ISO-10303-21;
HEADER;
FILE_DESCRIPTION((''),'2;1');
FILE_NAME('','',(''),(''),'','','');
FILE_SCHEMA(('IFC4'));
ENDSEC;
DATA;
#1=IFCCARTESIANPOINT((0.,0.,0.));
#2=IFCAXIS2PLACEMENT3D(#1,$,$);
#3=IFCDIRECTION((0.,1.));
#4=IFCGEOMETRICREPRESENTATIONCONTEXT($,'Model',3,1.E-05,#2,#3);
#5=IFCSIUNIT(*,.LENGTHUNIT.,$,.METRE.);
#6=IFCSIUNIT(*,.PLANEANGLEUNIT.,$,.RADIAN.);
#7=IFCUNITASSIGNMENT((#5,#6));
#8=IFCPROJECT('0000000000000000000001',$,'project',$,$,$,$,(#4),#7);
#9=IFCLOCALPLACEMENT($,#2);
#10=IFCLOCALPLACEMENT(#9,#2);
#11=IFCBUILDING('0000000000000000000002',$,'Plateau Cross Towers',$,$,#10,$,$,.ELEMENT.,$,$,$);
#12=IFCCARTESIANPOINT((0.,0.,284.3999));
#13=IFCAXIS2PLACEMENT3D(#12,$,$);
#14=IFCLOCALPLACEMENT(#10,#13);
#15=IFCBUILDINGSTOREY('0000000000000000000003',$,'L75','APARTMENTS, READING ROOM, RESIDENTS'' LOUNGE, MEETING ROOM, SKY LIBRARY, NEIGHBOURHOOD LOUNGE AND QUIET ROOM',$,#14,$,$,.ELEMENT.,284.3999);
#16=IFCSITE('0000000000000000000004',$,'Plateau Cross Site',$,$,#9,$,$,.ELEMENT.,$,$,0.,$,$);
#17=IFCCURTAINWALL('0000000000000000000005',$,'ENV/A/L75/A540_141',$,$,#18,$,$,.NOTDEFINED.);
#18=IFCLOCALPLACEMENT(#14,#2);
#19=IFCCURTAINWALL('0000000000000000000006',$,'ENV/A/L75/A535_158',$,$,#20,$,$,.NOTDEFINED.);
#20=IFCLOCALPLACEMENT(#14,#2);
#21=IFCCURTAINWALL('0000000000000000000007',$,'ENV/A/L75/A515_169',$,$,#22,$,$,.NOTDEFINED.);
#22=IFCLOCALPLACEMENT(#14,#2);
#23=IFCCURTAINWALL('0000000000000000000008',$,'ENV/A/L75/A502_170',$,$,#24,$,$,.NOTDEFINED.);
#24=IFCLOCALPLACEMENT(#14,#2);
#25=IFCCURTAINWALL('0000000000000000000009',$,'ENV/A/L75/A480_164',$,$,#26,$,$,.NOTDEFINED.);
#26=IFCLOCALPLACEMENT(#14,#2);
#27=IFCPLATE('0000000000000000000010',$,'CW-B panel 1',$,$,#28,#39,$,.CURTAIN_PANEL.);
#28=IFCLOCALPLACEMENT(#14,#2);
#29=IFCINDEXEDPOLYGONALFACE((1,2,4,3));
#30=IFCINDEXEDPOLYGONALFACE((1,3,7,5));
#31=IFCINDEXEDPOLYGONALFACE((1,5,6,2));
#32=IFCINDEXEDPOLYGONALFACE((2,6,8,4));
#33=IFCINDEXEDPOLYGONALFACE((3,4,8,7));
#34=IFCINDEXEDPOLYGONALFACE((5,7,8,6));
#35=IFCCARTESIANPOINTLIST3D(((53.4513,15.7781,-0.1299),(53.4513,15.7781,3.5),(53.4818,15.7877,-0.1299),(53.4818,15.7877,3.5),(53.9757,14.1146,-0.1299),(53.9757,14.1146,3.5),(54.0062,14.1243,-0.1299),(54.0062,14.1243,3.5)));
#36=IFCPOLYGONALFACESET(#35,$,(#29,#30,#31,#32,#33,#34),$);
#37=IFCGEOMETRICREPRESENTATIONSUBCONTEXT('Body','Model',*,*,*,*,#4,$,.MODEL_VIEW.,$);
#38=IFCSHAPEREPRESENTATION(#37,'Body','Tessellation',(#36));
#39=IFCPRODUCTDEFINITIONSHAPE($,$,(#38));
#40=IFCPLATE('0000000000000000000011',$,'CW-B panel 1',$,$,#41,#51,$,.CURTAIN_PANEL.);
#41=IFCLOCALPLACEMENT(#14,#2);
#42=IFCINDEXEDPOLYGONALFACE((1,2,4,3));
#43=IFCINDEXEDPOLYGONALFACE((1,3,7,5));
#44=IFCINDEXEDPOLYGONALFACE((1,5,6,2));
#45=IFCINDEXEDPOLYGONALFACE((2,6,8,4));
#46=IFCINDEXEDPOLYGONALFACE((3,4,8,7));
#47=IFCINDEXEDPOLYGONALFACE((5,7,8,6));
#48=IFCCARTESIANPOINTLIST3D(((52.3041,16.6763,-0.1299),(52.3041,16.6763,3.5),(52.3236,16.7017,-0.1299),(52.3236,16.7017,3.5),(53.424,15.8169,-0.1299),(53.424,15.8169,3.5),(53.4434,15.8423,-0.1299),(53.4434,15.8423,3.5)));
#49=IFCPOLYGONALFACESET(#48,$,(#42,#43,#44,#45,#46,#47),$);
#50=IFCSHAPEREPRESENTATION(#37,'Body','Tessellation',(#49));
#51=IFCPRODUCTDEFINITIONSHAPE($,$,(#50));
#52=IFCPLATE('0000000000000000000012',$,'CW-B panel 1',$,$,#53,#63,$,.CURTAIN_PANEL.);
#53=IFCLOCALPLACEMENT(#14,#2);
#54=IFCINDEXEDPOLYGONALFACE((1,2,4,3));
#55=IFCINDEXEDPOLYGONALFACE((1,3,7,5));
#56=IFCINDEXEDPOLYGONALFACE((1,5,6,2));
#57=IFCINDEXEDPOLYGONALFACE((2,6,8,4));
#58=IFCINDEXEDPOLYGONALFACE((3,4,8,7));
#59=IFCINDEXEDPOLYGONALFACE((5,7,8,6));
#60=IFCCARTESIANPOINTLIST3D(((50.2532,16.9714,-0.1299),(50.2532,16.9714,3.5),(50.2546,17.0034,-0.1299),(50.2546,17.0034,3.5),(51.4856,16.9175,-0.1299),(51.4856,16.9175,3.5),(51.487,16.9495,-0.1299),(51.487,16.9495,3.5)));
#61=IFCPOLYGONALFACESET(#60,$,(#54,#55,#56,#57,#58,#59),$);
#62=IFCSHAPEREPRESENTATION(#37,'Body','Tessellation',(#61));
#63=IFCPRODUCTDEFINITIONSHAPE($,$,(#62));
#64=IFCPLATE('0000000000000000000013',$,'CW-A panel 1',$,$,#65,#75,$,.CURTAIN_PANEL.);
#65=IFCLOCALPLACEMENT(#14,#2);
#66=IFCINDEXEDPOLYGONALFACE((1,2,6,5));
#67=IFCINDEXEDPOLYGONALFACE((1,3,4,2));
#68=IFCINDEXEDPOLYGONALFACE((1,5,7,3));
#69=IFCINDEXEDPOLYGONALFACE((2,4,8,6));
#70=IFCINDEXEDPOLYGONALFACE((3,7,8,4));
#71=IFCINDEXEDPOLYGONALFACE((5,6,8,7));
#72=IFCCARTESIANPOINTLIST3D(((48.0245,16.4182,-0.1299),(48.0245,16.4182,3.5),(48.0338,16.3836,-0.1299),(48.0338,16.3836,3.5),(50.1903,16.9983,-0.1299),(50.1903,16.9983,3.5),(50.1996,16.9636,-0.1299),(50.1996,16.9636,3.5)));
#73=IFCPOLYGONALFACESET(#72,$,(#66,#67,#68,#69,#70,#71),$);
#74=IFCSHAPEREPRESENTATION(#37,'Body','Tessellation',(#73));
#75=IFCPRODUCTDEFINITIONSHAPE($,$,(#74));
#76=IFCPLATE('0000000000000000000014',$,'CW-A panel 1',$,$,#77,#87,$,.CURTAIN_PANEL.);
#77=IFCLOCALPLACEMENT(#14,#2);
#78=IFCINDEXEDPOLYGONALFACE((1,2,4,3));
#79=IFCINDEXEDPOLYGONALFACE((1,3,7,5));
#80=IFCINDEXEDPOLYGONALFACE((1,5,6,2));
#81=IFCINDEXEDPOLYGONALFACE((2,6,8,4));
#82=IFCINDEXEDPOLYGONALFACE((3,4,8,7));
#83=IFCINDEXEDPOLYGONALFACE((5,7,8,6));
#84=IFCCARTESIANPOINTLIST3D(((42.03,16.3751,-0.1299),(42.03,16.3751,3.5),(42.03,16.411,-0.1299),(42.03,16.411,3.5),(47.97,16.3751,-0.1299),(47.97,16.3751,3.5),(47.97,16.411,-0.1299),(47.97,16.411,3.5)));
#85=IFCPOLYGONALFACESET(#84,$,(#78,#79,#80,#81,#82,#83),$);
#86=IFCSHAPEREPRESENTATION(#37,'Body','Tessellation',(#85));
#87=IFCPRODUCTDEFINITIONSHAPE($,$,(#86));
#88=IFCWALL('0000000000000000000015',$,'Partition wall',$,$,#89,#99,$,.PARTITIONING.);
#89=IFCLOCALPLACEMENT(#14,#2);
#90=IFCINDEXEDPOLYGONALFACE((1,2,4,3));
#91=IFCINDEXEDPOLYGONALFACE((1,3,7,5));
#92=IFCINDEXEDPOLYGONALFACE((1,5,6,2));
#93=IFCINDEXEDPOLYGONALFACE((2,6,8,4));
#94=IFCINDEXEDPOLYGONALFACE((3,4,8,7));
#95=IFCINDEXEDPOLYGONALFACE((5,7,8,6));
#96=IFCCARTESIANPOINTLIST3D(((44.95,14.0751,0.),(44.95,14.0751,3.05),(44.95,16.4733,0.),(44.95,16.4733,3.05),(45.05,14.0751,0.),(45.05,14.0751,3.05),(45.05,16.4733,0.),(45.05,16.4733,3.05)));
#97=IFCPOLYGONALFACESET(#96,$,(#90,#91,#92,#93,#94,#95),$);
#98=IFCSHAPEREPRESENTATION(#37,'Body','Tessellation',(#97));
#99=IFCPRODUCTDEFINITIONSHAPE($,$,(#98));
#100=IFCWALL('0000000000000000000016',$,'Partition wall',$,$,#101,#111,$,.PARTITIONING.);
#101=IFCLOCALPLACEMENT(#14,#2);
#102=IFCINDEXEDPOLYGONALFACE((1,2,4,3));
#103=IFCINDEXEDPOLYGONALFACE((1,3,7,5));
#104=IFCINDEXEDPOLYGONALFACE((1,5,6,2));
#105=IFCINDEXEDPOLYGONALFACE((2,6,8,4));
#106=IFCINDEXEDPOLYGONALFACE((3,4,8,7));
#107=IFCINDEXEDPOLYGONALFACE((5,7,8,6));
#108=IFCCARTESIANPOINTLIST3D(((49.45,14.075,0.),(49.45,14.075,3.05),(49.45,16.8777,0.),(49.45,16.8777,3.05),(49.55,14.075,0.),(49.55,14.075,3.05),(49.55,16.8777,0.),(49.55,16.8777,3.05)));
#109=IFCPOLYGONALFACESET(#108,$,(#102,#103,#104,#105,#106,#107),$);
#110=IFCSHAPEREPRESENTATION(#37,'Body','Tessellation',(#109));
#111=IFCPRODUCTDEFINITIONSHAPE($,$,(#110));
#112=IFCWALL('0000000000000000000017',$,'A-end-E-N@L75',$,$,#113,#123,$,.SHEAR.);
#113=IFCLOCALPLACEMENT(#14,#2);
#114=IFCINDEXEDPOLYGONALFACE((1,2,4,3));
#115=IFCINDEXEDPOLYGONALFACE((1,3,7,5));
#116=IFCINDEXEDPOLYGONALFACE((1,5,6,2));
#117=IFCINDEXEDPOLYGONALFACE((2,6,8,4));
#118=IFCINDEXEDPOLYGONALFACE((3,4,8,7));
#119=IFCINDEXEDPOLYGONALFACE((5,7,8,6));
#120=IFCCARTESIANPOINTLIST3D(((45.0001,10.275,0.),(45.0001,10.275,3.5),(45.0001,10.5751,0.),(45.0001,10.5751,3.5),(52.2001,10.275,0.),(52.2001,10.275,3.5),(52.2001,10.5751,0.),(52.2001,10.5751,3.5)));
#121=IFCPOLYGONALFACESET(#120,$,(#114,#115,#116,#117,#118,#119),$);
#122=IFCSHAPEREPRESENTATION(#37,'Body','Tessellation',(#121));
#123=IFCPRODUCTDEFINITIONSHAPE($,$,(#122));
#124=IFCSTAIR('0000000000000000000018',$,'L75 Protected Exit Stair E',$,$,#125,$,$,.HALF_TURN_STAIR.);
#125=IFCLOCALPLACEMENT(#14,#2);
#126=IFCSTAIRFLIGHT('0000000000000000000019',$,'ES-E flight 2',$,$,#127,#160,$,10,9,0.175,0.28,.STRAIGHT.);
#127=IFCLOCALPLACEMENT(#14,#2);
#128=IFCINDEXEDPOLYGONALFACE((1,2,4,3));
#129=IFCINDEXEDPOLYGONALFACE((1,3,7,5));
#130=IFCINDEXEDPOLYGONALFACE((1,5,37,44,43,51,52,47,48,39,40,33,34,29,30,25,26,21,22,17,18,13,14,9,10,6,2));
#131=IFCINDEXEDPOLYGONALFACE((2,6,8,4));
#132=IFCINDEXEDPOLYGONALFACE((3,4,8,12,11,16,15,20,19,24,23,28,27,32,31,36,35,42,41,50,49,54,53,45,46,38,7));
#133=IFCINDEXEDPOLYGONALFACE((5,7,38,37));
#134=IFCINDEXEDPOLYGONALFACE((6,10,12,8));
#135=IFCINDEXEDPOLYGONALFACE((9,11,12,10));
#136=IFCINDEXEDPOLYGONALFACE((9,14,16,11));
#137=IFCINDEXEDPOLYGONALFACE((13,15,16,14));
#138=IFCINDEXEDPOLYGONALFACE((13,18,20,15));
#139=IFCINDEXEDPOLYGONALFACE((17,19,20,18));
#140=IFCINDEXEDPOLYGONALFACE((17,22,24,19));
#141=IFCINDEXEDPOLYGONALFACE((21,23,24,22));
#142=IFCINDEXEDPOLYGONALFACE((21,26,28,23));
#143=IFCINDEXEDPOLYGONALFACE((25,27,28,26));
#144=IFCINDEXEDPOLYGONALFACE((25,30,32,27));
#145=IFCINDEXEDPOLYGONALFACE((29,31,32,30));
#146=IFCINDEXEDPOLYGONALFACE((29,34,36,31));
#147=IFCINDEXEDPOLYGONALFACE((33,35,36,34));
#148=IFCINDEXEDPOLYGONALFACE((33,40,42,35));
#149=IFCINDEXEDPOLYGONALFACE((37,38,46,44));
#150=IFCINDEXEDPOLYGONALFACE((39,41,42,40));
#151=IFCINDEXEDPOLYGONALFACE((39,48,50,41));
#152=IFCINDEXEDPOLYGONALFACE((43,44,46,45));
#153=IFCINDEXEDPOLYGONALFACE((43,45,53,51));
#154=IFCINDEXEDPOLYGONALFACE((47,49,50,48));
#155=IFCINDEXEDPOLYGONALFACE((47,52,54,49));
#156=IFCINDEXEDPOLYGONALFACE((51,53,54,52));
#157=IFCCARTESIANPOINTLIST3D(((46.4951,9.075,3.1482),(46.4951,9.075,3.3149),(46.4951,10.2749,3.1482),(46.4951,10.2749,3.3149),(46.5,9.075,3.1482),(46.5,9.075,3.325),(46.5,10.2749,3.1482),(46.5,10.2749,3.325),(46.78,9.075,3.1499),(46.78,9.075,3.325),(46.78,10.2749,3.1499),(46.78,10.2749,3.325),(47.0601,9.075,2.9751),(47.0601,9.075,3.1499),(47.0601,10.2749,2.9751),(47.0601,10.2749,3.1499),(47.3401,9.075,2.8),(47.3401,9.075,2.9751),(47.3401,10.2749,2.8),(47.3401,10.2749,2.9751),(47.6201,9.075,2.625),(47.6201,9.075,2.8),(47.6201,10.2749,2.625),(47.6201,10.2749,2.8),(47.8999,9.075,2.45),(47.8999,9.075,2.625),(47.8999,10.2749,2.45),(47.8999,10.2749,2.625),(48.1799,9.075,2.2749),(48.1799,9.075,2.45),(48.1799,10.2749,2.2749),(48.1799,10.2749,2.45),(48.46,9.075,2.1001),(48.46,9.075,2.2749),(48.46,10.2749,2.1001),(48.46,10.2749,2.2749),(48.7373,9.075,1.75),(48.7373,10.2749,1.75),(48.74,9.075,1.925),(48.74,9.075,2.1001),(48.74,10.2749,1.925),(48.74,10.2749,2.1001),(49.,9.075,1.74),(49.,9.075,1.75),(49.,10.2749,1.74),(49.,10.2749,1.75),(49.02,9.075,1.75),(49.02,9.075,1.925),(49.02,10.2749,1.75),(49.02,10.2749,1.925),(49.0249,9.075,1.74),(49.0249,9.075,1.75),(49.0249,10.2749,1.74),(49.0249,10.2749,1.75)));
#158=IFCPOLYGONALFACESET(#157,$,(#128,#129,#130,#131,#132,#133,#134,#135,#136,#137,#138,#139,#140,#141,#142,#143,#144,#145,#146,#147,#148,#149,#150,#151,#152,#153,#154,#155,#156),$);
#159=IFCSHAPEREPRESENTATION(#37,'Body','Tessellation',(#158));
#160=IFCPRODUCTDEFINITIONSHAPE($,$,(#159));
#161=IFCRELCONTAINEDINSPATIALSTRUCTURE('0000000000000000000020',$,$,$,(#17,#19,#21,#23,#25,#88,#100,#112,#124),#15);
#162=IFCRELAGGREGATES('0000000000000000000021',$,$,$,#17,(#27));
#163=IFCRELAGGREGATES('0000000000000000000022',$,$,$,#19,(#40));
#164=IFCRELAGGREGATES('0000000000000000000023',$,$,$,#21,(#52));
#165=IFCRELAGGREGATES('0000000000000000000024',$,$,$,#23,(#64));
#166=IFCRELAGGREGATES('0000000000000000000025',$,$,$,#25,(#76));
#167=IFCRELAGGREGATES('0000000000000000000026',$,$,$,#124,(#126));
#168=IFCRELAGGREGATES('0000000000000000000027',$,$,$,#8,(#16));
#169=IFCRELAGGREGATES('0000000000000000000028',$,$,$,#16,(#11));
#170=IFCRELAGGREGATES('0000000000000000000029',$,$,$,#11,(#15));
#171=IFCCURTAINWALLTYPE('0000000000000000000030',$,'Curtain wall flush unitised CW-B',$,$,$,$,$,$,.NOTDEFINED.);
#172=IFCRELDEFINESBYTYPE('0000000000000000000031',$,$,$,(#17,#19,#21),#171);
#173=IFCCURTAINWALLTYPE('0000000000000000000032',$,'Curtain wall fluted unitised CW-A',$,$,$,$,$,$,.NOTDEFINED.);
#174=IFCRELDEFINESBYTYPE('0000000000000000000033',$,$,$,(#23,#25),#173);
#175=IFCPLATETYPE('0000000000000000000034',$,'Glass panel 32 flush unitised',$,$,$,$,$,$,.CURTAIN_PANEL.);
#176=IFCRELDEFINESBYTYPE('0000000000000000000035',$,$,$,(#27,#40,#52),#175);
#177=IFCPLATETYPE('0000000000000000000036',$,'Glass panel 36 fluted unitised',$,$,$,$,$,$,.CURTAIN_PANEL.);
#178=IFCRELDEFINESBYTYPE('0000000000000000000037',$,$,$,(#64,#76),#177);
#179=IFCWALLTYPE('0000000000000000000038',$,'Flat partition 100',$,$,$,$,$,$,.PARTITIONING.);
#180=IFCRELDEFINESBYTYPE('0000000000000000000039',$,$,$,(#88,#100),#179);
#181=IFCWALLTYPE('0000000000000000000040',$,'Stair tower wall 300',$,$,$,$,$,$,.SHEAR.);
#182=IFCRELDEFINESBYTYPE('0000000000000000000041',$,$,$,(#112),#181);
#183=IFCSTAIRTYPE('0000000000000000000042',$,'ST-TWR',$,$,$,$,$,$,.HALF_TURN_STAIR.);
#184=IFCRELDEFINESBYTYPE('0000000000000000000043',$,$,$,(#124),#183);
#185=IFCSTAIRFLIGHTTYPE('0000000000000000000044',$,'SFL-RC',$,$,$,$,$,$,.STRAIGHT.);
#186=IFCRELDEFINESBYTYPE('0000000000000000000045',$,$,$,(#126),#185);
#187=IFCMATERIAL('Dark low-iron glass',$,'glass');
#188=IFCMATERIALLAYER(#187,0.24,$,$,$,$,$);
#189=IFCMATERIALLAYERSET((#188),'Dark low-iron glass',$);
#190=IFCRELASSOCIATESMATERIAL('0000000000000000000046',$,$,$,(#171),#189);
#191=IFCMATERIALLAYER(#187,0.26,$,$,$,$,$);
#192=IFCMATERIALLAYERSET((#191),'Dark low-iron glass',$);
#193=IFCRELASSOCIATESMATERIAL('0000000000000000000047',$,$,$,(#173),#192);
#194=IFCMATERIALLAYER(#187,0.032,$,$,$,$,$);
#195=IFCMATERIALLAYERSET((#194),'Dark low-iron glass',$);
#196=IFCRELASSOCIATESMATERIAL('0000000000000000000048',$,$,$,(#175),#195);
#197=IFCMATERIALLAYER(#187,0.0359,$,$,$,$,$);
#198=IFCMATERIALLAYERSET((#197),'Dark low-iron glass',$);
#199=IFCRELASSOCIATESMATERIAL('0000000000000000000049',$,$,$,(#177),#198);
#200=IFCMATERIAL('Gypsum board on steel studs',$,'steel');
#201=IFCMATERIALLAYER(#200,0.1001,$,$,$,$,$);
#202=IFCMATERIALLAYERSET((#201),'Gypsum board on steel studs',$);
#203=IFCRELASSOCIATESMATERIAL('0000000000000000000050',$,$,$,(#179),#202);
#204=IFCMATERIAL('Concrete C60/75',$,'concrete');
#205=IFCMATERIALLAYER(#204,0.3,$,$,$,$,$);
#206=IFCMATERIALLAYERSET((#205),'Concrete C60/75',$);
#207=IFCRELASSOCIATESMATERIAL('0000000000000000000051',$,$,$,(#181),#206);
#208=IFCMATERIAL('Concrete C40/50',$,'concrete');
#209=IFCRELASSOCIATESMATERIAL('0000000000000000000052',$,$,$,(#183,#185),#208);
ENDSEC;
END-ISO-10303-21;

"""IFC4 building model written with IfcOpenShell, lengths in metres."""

from ifc_helpers import new_model, si_unit, direction, frame, frame_2d, origin, origin_2d, place, context, subcontext, project, spatial, polyline, rectangle, outline, extrude, material, layer, layer_set, type_object, element, aggregate, save


model = new_model("IFC4")

# Units and contexts
model_context = context("Model", 3, precision=1e-05, world=origin(), true_north=direction((0.0, 1.0)))
body_context = subcontext(model_context, "Body", "Model", "MODEL_VIEW")
ifc_project = project(units=[si_unit("LENGTHUNIT", "METRE"), si_unit("PLANEANGLEUNIT", "RADIAN")], contexts=[model_context])

# Site, building, storey
site_placement = place(None, origin())
site = spatial("IfcSite", under=ifc_project, at=site_placement, Name="Plateau Cross Site", CompositionType="ELEMENT", RefElevation=0.0)
building_placement = place(site_placement, origin())
building = spatial("IfcBuilding", under=site, at=building_placement, Name="Plateau Cross Towers", CompositionType="ELEMENT")
storey_placement = place(building_placement, frame((0.0, 0.0, 284.3999)))
storey = spatial("IfcBuildingStorey", under=building, at=storey_placement, Name="L75", Description="APARTMENTS, READING ROOM, RESIDENTS' LOUNGE, MEETING ROOM, SKY LIBRARY, NEIGHBOURHOOD LOUNGE AND QUIET ROOM", CompositionType="ELEMENT", Elevation=284.3999)

# Shared definitions
ifc_material_1 = material(Name="Concrete C60/75", Category="concrete")

# Curtain wall
ifc_material_2 = material(Name="Dark low-iron glass", Category="glass")
ifc_layer_1 = layer(ifc_material_2, 0.24)
ifc_layer_set_1 = layer_set([ifc_layer_1], Name="Dark low-iron glass")
curtain_wall_type_1 = type_object("IfcCurtainWallType", Name="Curtain wall flush unitised CW-B", PredefinedType="NOTDEFINED", material=ifc_layer_set_1)
curtain_wall_1_placement = place(storey_placement, origin())
curtain_wall_1 = element("IfcCurtainWall", 1, at=curtain_wall_1_placement, inside=storey, type_object=curtain_wall_type_1, Name="ENV/A/L75/A540_141", PredefinedType="NOTDEFINED")

# Curtain wall
curtain_wall_2_placement = place(storey_placement, origin())
curtain_wall_2 = element("IfcCurtainWall", 2, at=curtain_wall_2_placement, inside=storey, type_object=curtain_wall_type_1, Name="ENV/A/L75/A535_158", PredefinedType="NOTDEFINED")

# Curtain walls
curtain_wall_3_placement = place(storey_placement, origin())
curtain_wall_3 = element("IfcCurtainWall", 3, at=curtain_wall_3_placement, inside=storey, type_object=curtain_wall_type_1, Name="ENV/A/L75/A515_169", PredefinedType="NOTDEFINED")
ifc_layer_2 = layer(ifc_material_2, 0.26)
ifc_layer_set_2 = layer_set([ifc_layer_2], Name="Dark low-iron glass")
curtain_wall_type_2 = type_object("IfcCurtainWallType", Name="Curtain wall fluted unitised CW-A", PredefinedType="NOTDEFINED", material=ifc_layer_set_2)
curtain_wall_4_placement = place(storey_placement, origin())
curtain_wall_4 = element("IfcCurtainWall", 4, at=curtain_wall_4_placement, inside=storey, type_object=curtain_wall_type_2, Name="ENV/A/L75/A502_170", PredefinedType="NOTDEFINED")
curtain_wall_5_placement = place(storey_placement, origin())
curtain_wall_5 = element("IfcCurtainWall", 5, at=curtain_wall_5_placement, inside=storey, type_object=curtain_wall_type_2, Name="ENV/A/L75/A480_164", PredefinedType="NOTDEFINED")

# Plates
ifc_layer_3 = layer(ifc_material_2, 0.032)
ifc_layer_set_3 = layer_set([ifc_layer_3], Name="Dark low-iron glass")
plate_type_1 = type_object("IfcPlateType", Name="Glass panel 32 flush unitised", PredefinedType="CURTAIN_PANEL", material=ifc_layer_set_3)
plate_1_placement = place(storey_placement, frame((53.7288, 14.9512, -0.1299), z_axis=(0.0, 0.0, 1.0), x_axis=(-0.300686, 0.953723, 0.0)))
plate_1 = element("IfcPlate", 6, at=plate_1_placement, type_object=plate_type_1, Name="CW-B panel 1", PredefinedType="CURTAIN_PANEL", context=body_context, shape_type="SweptSolid", body=[
    extrude(rectangle(XDim=1.7441, YDim=0.032, at=origin_2d()), origin(), (0.0, 0.0, 1.0), 3.6299),
])
aggregate(curtain_wall_1, [plate_1])
plate_2_placement = place(storey_placement, frame((52.8738, 16.2593, -0.1299), z_axis=(0.0, 0.0, 1.0), x_axis=(-0.793316, 0.608811, 0.0)))
plate_2 = element("IfcPlate", 7, at=plate_2_placement, type_object=plate_type_1, Name="CW-B panel 1", PredefinedType="CURTAIN_PANEL", context=body_context, shape_type="SweptSolid", body=[
    extrude(rectangle(XDim=1.4116, YDim=0.032, at=origin_2d()), origin(), (0.0, 0.0, 1.0), 3.6299),
])
aggregate(curtain_wall_2, [plate_2])
plate_3_placement = place(storey_placement, frame((50.8701, 16.9604, -0.1299), z_axis=(0.0, 0.0, 1.0), x_axis=(-0.999044, 0.043723, 0.0)))
plate_3 = element("IfcPlate", 8, at=plate_3_placement, type_object=plate_type_1, Name="CW-B panel 1", PredefinedType="CURTAIN_PANEL", context=body_context, shape_type="SweptSolid", body=[
    extrude(rectangle(XDim=1.2336, YDim=0.032, at=origin_2d()), origin(), (0.0, 0.0, 1.0), 3.6299),
])
aggregate(curtain_wall_3, [plate_3])
ifc_layer_4 = layer(ifc_material_2, 0.0359)
ifc_layer_set_4 = layer_set([ifc_layer_4], Name="Dark low-iron glass")
plate_type_2 = type_object("IfcPlateType", Name="Glass panel 36 fluted unitised", PredefinedType="CURTAIN_PANEL", material=ifc_layer_set_4)
plate_4_placement = place(storey_placement, frame((49.1121, 16.6909, -0.1299), z_axis=(0.0, 0.0, 1.0), x_axis=(-0.965958, -0.258699, 0.0)))
plate_4 = element("IfcPlate", 9, at=plate_4_placement, type_object=plate_type_2, Name="CW-A panel 1", PredefinedType="CURTAIN_PANEL", context=body_context, shape_type="SweptSolid", body=[
    extrude(rectangle(XDim=2.2422, YDim=0.0359, at=origin_2d()), origin(), (0.0, 0.0, 1.0), 3.6299),
])
aggregate(curtain_wall_4, [plate_4])
plate_5_placement = place(storey_placement, frame((45.0, 16.3931, -0.1299), z_axis=(0.0, 0.0, 1.0), x_axis=(-1.0, 0.0, 0.0)))
plate_5 = element("IfcPlate", 10, at=plate_5_placement, type_object=plate_type_2, Name="CW-A panel 1", PredefinedType="CURTAIN_PANEL", context=body_context, shape_type="SweptSolid", body=[
    extrude(rectangle(XDim=5.9399, YDim=0.0359, at=origin_2d()), origin(), (0.0, 0.0, 1.0), 3.6299),
])
aggregate(curtain_wall_5, [plate_5])

# Walls
ifc_material_3 = material(Name="Gypsum board on steel studs", Category="steel")
ifc_layer_5 = layer(ifc_material_3, 0.1001)
ifc_layer_set_5 = layer_set([ifc_layer_5], Name="Gypsum board on steel studs")
wall_type_1 = type_object("IfcWallType", Name="Flat partition 100", PredefinedType="PARTITIONING", material=ifc_layer_set_5)
wall_1_placement = place(storey_placement, frame((45.0, 14.075, 0.0), z_axis=(0.0, 0.0, 1.0), x_axis=(0.0, 1.0, 0.0)))
element("IfcWall", 11, at=wall_1_placement, inside=storey, type_object=wall_type_1, Name="Partition wall", PredefinedType="PARTITIONING", context=body_context, shape_type="SweptSolid", body=[
    extrude(rectangle(XDim=2.3982, YDim=0.1001, at=frame_2d((1.1992, 0.0))), origin(), (0.0, 0.0, 1.0), 3.05),
])
wall_2_placement = place(storey_placement, frame((49.5, 14.075, 0.0), z_axis=(0.0, 0.0, 1.0), x_axis=(0.0, 1.0, 0.0)))
element("IfcWall", 12, at=wall_2_placement, inside=storey, type_object=wall_type_1, Name="Partition wall", PredefinedType="PARTITIONING", context=body_context, shape_type="SweptSolid", body=[
    extrude(rectangle(XDim=2.8027, YDim=0.1001, at=frame_2d((1.4014, 0.0))), origin(), (0.0, 0.0, 1.0), 3.05),
])
ifc_layer_6 = layer(ifc_material_1, 0.3)
ifc_layer_set_6 = layer_set([ifc_layer_6], Name="Concrete C60/75")
wall_type_2 = type_object("IfcWallType", Name="Stair tower wall 300", PredefinedType="SHEAR", material=ifc_layer_set_6)
wall_3_placement = place(storey_placement, frame((45.0, 10.425, 0.0), z_axis=(0.0, 0.0, 1.0), x_axis=(1.0, 0.0, 0.0)))
element("IfcWall", 13, at=wall_3_placement, inside=storey, type_object=wall_type_2, Name="A-end-E-N@L75", PredefinedType="SHEAR", context=body_context, shape_type="SweptSolid", body=[
    extrude(rectangle(XDim=7.2, YDim=0.3, at=frame_2d((3.6001, 0.0))), origin(), (0.0, 0.0, 1.0), 3.5),
])

# Stair, stair flight
ifc_material_4 = material(Name="Concrete C40/50", Category="concrete")
stair_type = type_object("IfcStairType", Name="ST-TWR", PredefinedType="HALF_TURN_STAIR", material=ifc_material_4)
stair_placement = place(storey_placement, origin())
stair = element("IfcStair", 14, at=stair_placement, inside=storey, type_object=stair_type, Name="L75 Protected Exit Stair E", PredefinedType="HALF_TURN_STAIR")
stair_flight_type = type_object("IfcStairFlightType", Name="SFL-RC", PredefinedType="STRAIGHT", material=ifc_material_4)
stair_flight_placement = place(storey_placement, frame((49.02, 9.675, 1.75), z_axis=(0.0, 0.0, 1.0), x_axis=(-1.0, 0.0, 0.0)))
stair_flight = element("IfcStairFlight", 15, at=stair_flight_placement, type_object=stair_flight_type, Name="ES-E flight 2", NumberOfRisers=10, NumberOfTreads=9, PredefinedType="STRAIGHT", RiserHeight=0.175, TreadLength=0.28, context=body_context, shape_type="SweptSolid", body=[
    extrude(outline(polyline([(-0.0049, -0.01), (-0.0049, 0.0), (0.0, 0.0), (0.0, 0.175), (0.28, 0.175), (0.28, 0.3501), (0.5601, 0.3501), (0.5601, 0.5249), (0.8401, 0.5249), (0.8401, 0.7), (1.1201, 0.7), (1.1201, 0.875), (1.3999, 0.875), (1.3999, 1.05), (1.6799, 1.05), (1.6799, 1.2251), (1.96, 1.2251), (1.96, 1.3999), (2.24, 1.3999), (2.24, 1.575), (2.52, 1.575), (2.5249, 1.5649), (2.5249, 1.3982), (2.52, 1.3982), (0.2827, 0.0), (0.02, 0.0), (0.02, -0.01), (-0.0049, -0.01)])), frame((0.0, 0.6001, 0.0), z_axis=(0.0, -1.0, 0.0), x_axis=(1.0, 0.0, 0.0)), (0.0, 0.0, 1.0), 1.2),
])
aggregate(stair, [stair_flight])

save(model, "model.ifc")
